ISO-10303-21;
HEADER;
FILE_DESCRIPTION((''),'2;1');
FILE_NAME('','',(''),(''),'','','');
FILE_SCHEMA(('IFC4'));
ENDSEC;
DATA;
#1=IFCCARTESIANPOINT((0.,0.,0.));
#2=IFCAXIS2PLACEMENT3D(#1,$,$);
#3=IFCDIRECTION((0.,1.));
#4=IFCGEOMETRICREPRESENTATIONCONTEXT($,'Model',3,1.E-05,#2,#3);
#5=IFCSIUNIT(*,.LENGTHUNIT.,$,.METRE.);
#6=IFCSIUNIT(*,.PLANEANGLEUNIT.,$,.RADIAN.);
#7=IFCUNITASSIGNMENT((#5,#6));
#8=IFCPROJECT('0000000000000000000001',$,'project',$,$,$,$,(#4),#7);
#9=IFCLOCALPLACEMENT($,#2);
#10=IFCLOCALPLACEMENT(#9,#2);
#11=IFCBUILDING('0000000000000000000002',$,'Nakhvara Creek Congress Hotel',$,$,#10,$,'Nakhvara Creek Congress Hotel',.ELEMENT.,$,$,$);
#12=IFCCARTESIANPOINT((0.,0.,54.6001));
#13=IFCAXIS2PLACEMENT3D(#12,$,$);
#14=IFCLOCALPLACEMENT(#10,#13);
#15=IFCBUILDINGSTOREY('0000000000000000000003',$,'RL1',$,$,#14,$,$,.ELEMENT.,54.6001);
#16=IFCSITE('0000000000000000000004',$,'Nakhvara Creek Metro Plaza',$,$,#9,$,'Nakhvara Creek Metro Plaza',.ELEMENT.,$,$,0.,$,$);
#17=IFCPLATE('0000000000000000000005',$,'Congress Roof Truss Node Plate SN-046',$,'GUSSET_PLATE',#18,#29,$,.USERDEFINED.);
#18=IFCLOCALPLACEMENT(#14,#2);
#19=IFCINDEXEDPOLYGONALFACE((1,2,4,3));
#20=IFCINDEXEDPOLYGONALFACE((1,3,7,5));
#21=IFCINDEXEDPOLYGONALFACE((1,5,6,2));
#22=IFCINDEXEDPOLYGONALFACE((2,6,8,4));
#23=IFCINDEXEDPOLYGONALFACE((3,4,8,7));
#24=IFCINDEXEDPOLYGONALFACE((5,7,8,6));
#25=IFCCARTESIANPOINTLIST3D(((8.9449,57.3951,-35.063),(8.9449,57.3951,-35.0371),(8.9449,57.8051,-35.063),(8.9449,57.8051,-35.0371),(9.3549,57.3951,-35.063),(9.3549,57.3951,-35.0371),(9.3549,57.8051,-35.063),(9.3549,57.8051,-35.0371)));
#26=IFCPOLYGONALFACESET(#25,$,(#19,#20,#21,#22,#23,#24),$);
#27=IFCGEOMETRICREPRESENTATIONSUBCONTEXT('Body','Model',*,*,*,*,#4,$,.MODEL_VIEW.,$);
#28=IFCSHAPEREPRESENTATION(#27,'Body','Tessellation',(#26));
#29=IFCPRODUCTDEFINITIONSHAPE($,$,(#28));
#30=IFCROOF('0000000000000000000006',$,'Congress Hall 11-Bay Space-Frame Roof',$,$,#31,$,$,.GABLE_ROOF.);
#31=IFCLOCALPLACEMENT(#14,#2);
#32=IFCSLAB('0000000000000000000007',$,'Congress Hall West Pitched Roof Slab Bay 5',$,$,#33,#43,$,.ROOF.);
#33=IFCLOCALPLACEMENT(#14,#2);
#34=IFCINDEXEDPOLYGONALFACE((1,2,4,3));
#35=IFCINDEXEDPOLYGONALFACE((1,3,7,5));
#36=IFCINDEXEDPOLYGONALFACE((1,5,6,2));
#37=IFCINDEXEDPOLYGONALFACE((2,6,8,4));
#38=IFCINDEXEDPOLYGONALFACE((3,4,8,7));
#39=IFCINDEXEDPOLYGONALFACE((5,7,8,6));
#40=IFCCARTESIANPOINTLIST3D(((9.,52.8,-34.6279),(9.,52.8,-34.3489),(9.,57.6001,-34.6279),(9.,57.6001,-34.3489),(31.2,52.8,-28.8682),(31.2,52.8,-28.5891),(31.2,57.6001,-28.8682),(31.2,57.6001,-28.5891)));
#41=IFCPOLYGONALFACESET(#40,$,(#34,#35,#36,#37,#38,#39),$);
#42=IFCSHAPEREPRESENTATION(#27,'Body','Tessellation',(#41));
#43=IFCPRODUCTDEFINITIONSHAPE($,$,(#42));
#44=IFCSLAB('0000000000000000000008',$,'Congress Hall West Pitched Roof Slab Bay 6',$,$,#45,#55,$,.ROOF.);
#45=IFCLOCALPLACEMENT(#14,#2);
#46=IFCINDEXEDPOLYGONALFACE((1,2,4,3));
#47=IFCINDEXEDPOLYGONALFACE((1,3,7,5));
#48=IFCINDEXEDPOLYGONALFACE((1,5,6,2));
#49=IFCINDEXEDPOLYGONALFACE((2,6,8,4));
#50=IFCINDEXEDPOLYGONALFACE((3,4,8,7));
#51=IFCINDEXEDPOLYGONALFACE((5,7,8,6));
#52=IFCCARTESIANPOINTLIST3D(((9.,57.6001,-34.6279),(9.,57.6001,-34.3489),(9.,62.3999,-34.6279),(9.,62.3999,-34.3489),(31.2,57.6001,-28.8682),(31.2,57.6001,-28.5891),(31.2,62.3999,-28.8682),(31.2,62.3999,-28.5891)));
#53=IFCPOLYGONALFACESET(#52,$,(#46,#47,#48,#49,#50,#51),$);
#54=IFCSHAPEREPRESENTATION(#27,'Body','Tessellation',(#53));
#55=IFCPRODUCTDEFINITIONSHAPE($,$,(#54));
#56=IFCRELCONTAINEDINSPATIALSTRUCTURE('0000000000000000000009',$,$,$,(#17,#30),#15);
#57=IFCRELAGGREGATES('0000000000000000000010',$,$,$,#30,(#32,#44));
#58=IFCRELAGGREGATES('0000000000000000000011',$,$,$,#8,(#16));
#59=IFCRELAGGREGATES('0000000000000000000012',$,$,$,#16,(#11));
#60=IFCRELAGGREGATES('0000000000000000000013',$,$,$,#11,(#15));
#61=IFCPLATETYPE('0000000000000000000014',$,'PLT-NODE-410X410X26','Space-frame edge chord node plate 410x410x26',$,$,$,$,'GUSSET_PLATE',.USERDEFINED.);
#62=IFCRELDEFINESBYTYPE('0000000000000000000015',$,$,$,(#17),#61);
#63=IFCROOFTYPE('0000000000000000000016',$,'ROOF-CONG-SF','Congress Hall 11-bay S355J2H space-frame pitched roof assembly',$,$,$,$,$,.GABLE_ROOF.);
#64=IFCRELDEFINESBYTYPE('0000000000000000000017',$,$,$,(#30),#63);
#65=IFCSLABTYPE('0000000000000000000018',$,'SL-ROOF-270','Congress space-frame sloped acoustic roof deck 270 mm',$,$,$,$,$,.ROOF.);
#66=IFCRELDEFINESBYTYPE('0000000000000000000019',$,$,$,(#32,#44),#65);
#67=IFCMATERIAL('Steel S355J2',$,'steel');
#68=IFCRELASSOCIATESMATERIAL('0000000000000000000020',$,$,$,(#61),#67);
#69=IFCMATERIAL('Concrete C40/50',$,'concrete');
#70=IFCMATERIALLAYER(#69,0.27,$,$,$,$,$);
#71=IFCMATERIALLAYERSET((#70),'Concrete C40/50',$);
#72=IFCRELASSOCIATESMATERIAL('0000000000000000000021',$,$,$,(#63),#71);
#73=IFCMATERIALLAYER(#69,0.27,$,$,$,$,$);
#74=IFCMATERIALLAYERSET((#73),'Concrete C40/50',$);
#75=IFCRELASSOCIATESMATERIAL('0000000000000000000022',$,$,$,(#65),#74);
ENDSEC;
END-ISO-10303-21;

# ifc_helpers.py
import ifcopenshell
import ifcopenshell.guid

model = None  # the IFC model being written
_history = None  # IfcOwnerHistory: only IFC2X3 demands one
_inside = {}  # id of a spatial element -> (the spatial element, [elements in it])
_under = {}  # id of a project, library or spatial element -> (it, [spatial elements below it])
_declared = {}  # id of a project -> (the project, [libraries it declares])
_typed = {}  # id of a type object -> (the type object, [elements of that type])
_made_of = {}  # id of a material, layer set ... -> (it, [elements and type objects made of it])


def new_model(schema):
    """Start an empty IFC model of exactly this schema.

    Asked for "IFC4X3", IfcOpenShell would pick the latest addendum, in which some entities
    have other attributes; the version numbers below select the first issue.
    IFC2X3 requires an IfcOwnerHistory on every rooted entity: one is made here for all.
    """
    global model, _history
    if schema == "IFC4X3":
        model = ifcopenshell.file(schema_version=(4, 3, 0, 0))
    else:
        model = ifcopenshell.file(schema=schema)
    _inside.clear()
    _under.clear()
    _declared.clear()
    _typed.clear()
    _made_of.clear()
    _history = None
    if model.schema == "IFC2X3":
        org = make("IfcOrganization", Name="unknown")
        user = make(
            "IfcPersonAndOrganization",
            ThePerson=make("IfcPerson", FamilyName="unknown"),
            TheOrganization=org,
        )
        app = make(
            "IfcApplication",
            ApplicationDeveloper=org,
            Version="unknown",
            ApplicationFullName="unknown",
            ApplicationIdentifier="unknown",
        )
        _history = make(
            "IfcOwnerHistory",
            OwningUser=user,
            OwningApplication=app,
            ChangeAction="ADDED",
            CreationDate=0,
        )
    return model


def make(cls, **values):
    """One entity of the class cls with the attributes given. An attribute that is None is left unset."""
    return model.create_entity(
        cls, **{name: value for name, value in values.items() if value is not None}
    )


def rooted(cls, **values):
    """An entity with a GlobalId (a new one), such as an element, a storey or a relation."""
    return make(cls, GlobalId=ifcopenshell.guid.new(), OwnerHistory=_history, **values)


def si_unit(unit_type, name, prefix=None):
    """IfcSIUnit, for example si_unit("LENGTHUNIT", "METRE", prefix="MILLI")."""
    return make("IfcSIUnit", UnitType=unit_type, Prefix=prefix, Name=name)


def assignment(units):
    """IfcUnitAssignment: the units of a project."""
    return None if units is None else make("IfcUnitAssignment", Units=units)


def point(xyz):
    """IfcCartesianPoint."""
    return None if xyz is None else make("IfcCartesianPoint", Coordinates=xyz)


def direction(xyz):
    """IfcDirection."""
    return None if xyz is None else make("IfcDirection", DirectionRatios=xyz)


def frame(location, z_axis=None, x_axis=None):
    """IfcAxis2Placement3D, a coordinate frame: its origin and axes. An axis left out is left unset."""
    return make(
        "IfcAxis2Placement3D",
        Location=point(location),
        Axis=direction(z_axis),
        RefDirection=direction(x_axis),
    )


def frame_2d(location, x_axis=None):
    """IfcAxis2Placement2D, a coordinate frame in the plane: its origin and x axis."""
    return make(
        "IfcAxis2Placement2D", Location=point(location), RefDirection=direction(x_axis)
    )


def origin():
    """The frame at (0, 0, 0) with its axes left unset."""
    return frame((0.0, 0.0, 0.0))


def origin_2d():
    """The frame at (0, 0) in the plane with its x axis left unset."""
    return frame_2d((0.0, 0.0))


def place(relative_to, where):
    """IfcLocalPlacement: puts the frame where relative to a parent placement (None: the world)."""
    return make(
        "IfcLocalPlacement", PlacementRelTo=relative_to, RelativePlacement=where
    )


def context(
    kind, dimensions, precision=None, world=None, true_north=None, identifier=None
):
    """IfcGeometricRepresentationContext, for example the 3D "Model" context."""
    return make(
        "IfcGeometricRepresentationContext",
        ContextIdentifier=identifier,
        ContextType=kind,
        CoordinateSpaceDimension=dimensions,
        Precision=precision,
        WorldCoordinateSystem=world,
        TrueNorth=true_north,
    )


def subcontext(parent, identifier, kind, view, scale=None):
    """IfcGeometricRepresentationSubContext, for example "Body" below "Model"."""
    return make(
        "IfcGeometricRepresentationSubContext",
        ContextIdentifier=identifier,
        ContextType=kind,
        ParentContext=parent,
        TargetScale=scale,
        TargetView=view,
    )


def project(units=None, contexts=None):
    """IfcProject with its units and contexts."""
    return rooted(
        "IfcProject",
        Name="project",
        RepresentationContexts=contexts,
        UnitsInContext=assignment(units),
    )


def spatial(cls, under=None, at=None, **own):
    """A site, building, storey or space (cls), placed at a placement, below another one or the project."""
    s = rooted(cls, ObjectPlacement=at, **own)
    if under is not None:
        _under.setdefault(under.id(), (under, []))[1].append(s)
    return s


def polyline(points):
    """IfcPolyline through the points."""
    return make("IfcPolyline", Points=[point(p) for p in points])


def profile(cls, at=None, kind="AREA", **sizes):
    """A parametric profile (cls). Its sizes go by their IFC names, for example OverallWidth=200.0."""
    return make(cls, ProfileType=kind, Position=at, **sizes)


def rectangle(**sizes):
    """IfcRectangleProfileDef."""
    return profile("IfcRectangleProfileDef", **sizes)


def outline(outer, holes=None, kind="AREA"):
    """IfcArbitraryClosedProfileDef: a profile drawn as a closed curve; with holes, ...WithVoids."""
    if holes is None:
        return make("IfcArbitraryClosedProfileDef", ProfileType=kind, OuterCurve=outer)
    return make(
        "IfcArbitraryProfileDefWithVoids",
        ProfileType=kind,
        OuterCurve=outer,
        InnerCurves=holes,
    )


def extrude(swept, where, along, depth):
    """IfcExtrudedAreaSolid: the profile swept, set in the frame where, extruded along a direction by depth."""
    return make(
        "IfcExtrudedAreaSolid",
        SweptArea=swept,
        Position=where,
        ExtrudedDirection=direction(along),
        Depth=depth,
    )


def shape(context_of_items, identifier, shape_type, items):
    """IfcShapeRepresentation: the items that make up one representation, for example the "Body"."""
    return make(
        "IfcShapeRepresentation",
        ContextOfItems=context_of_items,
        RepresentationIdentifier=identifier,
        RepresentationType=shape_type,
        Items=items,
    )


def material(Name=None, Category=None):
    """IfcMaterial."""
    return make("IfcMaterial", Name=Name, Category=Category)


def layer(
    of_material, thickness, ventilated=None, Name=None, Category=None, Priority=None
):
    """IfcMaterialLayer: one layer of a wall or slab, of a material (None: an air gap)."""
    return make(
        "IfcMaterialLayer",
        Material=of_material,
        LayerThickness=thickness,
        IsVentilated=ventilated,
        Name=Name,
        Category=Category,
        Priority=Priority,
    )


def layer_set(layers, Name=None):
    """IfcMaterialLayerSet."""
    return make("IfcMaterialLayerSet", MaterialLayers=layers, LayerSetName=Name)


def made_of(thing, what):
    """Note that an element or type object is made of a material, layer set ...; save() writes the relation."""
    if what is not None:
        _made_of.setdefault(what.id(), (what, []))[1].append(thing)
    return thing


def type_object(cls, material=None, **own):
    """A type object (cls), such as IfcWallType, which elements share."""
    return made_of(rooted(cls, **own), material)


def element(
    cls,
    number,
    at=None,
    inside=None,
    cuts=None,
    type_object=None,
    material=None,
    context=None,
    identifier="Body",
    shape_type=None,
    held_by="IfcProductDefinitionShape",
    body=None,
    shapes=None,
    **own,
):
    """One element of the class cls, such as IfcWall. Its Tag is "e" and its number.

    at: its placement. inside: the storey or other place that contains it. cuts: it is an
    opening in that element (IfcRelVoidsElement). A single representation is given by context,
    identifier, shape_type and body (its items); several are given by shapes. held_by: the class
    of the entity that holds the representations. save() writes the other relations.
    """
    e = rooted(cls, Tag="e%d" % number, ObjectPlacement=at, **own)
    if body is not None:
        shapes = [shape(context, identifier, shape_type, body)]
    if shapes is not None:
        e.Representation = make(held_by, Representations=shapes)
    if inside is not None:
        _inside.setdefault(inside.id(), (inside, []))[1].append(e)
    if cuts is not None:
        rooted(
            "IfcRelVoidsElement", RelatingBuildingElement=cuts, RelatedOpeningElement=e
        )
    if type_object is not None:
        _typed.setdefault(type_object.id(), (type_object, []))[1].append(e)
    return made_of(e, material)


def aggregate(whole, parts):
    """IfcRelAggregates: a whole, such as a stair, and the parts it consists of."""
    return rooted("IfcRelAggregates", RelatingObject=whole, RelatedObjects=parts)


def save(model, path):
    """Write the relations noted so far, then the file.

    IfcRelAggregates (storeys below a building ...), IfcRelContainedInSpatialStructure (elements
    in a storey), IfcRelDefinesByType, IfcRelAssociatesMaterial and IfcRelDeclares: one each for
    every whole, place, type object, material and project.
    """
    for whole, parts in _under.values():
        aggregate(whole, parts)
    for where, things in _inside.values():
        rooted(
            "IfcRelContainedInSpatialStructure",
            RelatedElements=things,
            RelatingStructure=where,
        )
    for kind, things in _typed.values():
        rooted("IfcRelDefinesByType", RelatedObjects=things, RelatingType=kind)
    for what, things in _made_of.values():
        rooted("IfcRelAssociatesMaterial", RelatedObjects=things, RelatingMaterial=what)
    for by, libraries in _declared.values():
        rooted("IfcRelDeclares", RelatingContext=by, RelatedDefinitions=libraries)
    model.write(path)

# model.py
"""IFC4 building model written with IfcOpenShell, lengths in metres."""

from ifc_helpers import new_model, si_unit, direction, frame, origin, origin_2d, place, context, subcontext, project, spatial, polyline, rectangle, outline, extrude, material, layer, layer_set, type_object, element, aggregate, save


model = new_model("IFC4")

# Units and contexts
model_context = context("Model", 3, precision=1e-05, world=origin(), true_north=direction((0.0, 1.0)))
body_context = subcontext(model_context, "Body", "Model", "MODEL_VIEW")
ifc_project = project(units=[si_unit("LENGTHUNIT", "METRE"), si_unit("PLANEANGLEUNIT", "RADIAN")], contexts=[model_context])

# Site, building, storey
site_placement = place(None, origin())
site = spatial("IfcSite", under=ifc_project, at=site_placement, Name="Nakhvara Creek Metro Plaza", LongName="Nakhvara Creek Metro Plaza", CompositionType="ELEMENT", RefElevation=0.0)
building_placement = place(site_placement, origin())
building = spatial("IfcBuilding", under=site, at=building_placement, Name="Nakhvara Creek Congress Hotel", LongName="Nakhvara Creek Congress Hotel", CompositionType="ELEMENT")
storey_placement = place(building_placement, frame((0.0, 0.0, 54.6001)))
storey = spatial("IfcBuildingStorey", under=building, at=storey_placement, Name="RL1", CompositionType="ELEMENT", Elevation=54.6001)

# Plate
ifc_material_1 = material(Name="Steel S355J2", Category="steel")
plate_type_1 = type_object("IfcPlateType", Name="PLT-NODE-410X410X26", Description="Space-frame edge chord node plate 410x410x26", ElementType="GUSSET_PLATE", PredefinedType="USERDEFINED", material=ifc_material_1)
for number, where, z_axis, x_axis, name in (
    (1, (9.1499, 57.6001, -35.063), (0.0, 0.0, 1.0), (1.0, 0.0, 0.0), "Congress Roof Truss Node Plate SN-046"),
):
    element("IfcPlate", number, at=place(storey_placement, frame(where, z_axis=z_axis, x_axis=x_axis)), inside=storey, type_object=plate_type_1, Name=name, ObjectType="GUSSET_PLATE", PredefinedType="USERDEFINED", context=body_context, shape_type="SweptSolid", body=[
        extrude(rectangle(XDim=0.4099, YDim=0.4099, at=origin_2d()), origin(), (0.0, 0.0, 1.0), 0.0259),
    ])

# Roof, slabs
ifc_material_2 = material(Name="Concrete C40/50", Category="concrete")
ifc_layer_1 = layer(ifc_material_2, 0.27)
ifc_layer_set_1 = layer_set([ifc_layer_1], Name="Concrete C40/50")
roof_type = type_object("IfcRoofType", Name="ROOF-CONG-SF", Description="Congress Hall 11-bay S355J2H space-frame pitched roof assembly", PredefinedType="GABLE_ROOF", material=ifc_layer_set_1)
roof_placement = place(storey_placement, origin())
roof = element("IfcRoof", 2, at=roof_placement, inside=storey, type_object=roof_type, Name="Congress Hall 11-Bay Space-Frame Roof", PredefinedType="GABLE_ROOF")
ifc_layer_2 = layer(ifc_material_2, 0.27)
ifc_layer_set_2 = layer_set([ifc_layer_2], Name="Concrete C40/50")
slab_type = type_object("IfcSlabType", Name="SL-ROOF-270", Description="Congress space-frame sloped acoustic roof deck 270 mm", PredefinedType="ROOF", material=ifc_layer_set_2)
slab_1_placement = place(storey_placement, frame((9.0, 52.8, -34.3489), z_axis=(0.0, 0.0, 1.0), x_axis=(1.0, 0.0, 0.0)))
slab_1 = element("IfcSlab", 3, at=slab_1_placement, type_object=slab_type, Name="Congress Hall West Pitched Roof Slab Bay 5", PredefinedType="ROOF", context=body_context, shape_type="SweptSolid", body=[
    extrude(outline(polyline([(0.0, 0.0), (22.2, 5.7598), (22.2, 5.4807), (0.0, -0.2791), (0.0, 0.0)])), frame((0.0, 4.8, 0.0), z_axis=(0.0, -1.0, 0.0), x_axis=(1.0, 0.0, 0.0)), (0.0, 0.0, 1.0), 4.8),
])
slab_2_placement = place(storey_placement, frame((9.0, 57.6001, -34.3489), z_axis=(0.0, 0.0, 1.0), x_axis=(1.0, 0.0, 0.0)))
slab_2 = element("IfcSlab", 4, at=slab_2_placement, type_object=slab_type, Name="Congress Hall West Pitched Roof Slab Bay 6", PredefinedType="ROOF", context=body_context, shape_type="SweptSolid", body=[
    extrude(outline(polyline([(0.0, 0.0), (22.2, 5.7598), (22.2, 5.4807), (0.0, -0.2791), (0.0, 0.0)])), frame((0.0, 4.7998, 0.0), z_axis=(0.0, -1.0, 0.0), x_axis=(1.0, 0.0, 0.0)), (0.0, 0.0, 1.0), 4.7998),
])
aggregate(roof, [slab_1, slab_2])

save(model, "model.ifc")
